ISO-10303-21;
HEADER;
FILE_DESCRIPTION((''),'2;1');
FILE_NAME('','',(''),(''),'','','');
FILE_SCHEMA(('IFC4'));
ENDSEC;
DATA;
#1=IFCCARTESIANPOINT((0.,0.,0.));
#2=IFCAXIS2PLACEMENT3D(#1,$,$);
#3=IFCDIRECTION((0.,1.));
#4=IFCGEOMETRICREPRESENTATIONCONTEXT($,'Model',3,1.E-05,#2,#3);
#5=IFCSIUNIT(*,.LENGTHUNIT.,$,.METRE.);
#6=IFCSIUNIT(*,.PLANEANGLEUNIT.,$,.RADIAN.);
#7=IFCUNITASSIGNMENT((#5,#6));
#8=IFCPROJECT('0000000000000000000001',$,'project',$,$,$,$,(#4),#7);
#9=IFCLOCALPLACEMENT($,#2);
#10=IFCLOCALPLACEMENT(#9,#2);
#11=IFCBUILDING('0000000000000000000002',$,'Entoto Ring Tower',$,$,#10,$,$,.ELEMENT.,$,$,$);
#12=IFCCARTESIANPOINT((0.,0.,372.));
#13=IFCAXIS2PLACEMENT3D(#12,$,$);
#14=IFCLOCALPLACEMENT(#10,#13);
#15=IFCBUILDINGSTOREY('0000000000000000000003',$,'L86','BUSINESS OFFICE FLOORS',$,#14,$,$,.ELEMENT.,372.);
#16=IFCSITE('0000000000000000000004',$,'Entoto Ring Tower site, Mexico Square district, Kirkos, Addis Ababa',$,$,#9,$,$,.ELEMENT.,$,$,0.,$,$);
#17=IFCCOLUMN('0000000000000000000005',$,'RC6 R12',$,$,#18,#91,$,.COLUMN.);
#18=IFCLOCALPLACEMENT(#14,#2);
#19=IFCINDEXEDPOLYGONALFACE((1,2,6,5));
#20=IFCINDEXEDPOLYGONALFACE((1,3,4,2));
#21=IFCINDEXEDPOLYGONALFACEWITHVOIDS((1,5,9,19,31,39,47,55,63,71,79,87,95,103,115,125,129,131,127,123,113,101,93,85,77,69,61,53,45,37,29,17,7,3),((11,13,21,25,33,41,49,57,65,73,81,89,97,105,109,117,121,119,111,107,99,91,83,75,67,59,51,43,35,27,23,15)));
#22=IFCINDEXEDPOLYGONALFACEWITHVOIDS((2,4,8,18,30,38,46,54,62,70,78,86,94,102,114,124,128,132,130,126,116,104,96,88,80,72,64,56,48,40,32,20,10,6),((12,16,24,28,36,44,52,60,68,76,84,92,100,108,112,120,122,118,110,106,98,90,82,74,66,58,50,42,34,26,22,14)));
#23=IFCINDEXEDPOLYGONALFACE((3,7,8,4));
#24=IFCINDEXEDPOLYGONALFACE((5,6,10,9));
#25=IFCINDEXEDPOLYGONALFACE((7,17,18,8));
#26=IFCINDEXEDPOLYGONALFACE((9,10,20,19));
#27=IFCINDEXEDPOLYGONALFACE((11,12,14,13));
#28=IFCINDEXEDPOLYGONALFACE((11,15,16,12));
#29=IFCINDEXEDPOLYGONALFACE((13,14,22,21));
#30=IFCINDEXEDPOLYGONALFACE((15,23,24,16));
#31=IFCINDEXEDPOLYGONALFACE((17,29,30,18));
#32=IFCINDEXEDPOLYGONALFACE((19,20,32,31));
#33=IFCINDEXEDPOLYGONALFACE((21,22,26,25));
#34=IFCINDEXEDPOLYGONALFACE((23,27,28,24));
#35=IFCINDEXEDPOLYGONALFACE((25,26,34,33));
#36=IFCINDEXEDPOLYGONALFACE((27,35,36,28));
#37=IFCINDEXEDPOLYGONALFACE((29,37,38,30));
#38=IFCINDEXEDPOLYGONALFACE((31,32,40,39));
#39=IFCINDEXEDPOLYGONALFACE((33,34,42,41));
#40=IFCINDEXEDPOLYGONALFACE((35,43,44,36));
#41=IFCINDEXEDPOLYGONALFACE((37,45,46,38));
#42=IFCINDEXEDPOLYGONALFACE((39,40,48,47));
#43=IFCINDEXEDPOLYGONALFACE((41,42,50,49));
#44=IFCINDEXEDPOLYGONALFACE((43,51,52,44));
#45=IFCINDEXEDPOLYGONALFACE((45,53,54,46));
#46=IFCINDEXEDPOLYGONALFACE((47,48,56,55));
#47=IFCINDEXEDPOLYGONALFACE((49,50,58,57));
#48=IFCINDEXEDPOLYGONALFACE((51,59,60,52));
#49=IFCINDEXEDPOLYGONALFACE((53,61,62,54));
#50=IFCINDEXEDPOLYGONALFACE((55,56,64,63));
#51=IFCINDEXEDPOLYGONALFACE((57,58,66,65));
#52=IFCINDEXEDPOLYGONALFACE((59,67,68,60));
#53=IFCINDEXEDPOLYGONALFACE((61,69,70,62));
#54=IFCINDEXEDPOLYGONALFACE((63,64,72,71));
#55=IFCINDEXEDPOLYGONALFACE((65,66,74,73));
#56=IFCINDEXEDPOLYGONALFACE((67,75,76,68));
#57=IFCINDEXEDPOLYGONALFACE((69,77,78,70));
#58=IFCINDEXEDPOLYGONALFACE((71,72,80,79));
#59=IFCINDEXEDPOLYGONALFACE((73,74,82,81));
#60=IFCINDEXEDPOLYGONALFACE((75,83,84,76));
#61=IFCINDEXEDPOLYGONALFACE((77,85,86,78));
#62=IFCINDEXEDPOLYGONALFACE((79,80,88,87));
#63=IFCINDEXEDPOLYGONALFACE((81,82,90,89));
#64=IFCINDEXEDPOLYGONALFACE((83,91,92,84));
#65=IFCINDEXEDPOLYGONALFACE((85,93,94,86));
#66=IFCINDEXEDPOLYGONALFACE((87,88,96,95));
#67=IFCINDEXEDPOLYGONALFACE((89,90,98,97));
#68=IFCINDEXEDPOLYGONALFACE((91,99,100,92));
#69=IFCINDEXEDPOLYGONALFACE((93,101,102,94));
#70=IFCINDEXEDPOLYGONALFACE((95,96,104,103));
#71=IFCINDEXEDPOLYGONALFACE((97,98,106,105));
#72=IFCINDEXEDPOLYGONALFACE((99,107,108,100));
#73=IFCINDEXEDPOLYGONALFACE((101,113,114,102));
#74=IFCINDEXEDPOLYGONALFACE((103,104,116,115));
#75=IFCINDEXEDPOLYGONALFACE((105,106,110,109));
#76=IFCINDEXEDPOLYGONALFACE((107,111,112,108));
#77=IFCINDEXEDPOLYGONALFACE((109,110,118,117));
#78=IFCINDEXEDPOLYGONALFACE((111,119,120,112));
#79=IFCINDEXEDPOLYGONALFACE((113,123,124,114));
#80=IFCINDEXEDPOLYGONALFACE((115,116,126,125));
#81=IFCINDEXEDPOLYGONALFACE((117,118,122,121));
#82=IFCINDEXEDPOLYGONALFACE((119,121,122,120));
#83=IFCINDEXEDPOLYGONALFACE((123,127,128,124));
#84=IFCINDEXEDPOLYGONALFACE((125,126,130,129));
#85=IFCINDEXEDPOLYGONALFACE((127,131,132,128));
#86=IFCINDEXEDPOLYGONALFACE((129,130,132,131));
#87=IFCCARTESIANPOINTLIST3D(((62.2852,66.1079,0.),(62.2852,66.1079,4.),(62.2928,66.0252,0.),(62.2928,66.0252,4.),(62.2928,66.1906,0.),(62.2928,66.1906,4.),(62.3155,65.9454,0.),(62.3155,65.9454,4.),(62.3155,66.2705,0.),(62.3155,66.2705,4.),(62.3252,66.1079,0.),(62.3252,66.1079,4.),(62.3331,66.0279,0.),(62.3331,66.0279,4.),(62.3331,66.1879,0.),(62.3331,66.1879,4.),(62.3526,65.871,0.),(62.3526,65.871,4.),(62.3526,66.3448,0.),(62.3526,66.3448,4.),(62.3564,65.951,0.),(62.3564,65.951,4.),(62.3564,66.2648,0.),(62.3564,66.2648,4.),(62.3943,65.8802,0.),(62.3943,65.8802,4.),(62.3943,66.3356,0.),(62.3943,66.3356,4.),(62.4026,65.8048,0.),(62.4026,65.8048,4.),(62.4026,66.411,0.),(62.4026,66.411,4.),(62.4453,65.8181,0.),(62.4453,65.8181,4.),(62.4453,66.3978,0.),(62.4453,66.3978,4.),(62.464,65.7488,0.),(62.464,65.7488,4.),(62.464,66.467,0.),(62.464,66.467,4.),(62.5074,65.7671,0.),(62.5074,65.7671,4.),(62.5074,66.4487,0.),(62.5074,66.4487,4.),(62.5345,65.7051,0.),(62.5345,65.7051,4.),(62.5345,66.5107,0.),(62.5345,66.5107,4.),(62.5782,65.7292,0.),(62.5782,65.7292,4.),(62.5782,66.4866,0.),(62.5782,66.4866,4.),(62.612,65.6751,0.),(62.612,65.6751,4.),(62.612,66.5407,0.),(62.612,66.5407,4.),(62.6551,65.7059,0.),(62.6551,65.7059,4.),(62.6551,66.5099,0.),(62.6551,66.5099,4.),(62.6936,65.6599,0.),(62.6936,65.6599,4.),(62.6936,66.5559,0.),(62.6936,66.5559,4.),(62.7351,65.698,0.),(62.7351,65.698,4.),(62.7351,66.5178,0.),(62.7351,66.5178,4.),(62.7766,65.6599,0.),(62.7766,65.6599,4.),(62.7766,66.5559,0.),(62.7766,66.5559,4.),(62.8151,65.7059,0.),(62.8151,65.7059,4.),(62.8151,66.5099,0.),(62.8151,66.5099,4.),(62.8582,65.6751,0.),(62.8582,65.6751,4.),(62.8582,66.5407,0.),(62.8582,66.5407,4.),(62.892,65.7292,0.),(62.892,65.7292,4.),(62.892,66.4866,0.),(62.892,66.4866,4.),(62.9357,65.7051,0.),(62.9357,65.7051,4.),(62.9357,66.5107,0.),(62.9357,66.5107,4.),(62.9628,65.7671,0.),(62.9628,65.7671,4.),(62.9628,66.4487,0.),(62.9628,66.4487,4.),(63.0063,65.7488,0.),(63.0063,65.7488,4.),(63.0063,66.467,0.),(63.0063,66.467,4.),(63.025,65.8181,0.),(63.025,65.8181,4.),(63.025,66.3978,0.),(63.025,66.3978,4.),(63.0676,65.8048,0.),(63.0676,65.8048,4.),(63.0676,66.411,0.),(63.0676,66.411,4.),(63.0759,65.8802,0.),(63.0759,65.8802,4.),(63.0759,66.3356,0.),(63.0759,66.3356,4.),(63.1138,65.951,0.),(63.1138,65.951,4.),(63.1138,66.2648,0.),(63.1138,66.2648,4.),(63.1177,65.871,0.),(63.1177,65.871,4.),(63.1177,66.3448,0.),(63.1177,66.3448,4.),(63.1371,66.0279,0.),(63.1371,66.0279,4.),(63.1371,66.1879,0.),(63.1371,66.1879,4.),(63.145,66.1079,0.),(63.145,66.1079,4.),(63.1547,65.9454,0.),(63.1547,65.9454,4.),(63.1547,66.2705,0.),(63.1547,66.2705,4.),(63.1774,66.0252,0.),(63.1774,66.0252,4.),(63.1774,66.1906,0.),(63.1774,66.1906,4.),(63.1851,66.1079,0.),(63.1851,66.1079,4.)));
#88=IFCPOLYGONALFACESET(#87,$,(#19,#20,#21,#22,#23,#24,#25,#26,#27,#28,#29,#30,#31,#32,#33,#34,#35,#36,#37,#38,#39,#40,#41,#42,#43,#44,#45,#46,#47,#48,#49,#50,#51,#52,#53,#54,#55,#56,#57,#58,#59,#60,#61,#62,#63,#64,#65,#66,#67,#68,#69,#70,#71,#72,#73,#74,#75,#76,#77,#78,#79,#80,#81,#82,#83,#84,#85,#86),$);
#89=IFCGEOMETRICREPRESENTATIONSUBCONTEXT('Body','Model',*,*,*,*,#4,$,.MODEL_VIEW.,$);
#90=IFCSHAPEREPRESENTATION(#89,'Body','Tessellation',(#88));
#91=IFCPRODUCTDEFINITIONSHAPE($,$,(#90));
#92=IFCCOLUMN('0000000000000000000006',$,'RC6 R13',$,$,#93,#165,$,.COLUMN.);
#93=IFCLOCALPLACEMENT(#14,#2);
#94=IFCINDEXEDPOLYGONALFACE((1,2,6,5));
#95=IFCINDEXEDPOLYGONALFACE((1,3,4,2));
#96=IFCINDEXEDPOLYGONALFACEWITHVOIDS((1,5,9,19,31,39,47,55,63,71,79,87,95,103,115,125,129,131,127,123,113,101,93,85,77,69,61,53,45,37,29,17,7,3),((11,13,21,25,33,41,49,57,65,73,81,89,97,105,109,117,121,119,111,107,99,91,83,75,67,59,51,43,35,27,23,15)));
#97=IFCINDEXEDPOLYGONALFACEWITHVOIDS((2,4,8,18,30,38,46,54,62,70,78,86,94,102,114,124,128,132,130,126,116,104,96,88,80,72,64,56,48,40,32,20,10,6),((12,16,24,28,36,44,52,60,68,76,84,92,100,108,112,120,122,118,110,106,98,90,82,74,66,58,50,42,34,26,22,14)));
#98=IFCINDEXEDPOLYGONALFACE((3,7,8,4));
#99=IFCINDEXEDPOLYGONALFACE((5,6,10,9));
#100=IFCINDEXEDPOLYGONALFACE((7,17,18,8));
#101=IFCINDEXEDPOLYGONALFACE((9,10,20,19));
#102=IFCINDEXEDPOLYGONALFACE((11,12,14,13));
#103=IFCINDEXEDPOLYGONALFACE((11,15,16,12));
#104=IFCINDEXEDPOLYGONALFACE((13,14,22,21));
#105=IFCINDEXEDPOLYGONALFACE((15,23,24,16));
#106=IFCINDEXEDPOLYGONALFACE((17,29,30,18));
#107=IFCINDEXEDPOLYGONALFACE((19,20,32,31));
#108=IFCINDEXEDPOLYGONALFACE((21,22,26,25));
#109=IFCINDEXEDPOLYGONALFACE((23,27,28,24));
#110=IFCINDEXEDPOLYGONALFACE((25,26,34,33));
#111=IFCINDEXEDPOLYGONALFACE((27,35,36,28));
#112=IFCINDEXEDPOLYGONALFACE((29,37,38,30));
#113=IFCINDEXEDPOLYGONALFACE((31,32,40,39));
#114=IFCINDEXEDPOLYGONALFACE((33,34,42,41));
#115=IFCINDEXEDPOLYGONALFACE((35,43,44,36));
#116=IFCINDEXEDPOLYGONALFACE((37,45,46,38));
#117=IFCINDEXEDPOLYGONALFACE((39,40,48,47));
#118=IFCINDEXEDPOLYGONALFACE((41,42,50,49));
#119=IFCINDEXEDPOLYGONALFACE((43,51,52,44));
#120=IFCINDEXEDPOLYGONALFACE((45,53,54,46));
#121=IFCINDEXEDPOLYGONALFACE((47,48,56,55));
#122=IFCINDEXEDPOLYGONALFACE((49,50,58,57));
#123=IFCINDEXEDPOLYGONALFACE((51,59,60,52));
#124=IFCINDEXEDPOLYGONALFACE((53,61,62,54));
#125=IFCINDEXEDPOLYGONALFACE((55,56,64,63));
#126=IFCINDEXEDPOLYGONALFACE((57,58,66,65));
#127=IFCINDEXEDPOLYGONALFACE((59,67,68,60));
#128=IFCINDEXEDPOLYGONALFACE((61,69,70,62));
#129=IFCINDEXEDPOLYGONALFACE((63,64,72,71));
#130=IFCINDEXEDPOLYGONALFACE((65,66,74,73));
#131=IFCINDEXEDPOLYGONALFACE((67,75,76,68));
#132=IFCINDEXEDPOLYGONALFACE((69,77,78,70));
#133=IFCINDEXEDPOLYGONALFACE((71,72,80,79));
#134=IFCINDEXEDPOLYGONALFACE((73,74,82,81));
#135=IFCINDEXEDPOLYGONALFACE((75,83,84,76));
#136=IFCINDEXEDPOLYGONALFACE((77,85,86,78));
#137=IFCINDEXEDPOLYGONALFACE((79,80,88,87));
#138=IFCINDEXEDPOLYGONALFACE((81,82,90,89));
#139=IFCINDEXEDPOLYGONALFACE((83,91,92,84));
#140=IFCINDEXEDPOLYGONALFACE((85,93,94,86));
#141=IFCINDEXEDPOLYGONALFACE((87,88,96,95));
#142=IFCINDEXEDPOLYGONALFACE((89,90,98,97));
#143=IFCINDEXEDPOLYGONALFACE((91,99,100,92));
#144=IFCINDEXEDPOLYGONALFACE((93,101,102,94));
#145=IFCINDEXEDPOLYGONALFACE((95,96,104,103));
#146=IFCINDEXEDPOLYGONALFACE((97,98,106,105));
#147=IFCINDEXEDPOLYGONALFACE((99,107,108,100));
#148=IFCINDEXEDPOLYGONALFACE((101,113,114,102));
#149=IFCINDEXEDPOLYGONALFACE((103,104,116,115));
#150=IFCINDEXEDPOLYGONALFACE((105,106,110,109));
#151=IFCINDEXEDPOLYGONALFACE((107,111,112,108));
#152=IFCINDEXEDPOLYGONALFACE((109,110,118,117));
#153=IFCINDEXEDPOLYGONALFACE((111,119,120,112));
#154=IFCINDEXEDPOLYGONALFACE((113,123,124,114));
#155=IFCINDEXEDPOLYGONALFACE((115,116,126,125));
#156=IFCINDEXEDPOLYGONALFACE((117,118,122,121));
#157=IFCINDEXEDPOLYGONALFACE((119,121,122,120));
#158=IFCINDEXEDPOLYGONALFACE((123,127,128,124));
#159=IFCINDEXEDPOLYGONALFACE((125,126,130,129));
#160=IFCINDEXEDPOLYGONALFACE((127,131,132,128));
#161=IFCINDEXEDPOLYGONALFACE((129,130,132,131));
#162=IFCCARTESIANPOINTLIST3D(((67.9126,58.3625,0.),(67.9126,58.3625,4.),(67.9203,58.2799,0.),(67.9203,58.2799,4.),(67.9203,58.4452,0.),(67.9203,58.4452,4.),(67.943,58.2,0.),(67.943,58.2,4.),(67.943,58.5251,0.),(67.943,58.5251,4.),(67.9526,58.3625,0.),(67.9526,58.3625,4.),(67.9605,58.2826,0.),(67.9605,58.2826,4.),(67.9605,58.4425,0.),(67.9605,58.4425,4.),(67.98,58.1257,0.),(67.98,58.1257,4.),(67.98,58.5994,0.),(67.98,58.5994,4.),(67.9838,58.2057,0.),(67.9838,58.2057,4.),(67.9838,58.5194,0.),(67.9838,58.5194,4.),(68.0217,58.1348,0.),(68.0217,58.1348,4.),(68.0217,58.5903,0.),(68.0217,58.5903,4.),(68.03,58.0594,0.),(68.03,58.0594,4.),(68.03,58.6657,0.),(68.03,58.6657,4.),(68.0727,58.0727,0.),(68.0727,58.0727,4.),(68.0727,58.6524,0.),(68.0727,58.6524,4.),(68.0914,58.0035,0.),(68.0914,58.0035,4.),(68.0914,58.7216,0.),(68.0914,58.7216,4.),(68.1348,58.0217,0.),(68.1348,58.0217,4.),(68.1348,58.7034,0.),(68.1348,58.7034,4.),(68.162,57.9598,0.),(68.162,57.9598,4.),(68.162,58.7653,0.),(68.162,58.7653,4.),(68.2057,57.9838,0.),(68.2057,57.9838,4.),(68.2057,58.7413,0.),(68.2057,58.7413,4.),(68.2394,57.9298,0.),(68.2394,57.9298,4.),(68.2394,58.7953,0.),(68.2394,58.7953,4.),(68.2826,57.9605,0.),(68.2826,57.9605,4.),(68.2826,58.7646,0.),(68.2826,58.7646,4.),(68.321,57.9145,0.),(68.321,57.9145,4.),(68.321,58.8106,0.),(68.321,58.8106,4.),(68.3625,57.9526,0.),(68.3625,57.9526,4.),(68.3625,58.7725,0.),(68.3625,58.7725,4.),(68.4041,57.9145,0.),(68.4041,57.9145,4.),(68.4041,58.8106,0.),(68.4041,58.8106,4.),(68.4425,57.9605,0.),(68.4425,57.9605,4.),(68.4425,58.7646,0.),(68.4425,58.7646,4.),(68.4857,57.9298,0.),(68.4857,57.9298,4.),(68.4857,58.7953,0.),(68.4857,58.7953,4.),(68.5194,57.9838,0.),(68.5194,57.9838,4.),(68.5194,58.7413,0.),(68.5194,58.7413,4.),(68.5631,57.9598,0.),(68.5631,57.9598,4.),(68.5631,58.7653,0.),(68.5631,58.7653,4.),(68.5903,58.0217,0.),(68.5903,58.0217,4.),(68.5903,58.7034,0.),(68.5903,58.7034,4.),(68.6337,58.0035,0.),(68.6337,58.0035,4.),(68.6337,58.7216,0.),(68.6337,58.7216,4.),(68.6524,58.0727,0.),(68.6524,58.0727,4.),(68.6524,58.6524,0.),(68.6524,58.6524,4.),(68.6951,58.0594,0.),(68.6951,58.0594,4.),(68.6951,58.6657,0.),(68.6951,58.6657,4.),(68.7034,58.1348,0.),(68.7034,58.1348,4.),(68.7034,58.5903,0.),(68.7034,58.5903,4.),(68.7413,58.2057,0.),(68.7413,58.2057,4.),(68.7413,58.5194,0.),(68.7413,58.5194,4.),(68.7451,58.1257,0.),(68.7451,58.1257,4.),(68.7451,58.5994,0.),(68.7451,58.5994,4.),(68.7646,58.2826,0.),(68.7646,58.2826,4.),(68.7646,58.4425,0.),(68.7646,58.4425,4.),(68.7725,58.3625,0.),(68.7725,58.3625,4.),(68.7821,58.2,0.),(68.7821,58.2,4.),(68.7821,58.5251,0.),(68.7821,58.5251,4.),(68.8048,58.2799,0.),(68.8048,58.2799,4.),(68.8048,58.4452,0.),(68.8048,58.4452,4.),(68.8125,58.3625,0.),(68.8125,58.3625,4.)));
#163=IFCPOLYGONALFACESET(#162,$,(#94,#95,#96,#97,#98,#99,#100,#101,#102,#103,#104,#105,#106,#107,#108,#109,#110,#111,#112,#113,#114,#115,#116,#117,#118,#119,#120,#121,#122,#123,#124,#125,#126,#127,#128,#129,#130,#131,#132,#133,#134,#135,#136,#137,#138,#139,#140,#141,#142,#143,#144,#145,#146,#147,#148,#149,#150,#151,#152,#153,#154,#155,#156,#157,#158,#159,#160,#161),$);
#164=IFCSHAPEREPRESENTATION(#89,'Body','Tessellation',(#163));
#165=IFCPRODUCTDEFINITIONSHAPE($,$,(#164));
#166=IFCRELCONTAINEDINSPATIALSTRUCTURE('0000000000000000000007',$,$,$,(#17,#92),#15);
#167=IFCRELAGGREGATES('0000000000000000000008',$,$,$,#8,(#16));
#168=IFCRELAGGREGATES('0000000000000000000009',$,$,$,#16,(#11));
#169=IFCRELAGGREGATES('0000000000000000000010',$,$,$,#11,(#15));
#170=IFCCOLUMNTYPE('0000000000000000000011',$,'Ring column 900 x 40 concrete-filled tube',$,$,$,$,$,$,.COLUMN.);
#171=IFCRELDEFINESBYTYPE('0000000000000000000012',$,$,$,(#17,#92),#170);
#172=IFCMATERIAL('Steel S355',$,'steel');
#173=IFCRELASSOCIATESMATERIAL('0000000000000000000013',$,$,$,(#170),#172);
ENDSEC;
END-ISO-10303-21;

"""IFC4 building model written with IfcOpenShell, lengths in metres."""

from ifc_helpers import new_model, si_unit, direction, frame, origin, origin_2d, place, context, subcontext, project, spatial, circle, hollow_circle, extrude, material, material_profile, profile_set, type_object, element, save


model = new_model("IFC4")

# Units and contexts
model_context = context("Model", 3, precision=1e-05, world=origin(), true_north=direction((0.0, 1.0)))
body_context = subcontext(model_context, "Body", "Model", "MODEL_VIEW")
ifc_project = project(units=[si_unit("LENGTHUNIT", "METRE"), si_unit("PLANEANGLEUNIT", "RADIAN")], contexts=[model_context])

# Site, building, storey
site_placement = place(None, origin())
site = spatial("IfcSite", under=ifc_project, at=site_placement, Name="Entoto Ring Tower site, Mexico Square district, Kirkos, Addis Ababa", CompositionType="ELEMENT", RefElevation=0.0)
building_placement = place(site_placement, origin())
building = spatial("IfcBuilding", under=site, at=building_placement, Name="Entoto Ring Tower", CompositionType="ELEMENT")
storey_placement = place(building_placement, frame((0.0, 0.0, 372.0)))
storey = spatial("IfcBuildingStorey", under=building, at=storey_placement, Name="L86", Description="BUSINESS OFFICE FLOORS", CompositionType="ELEMENT", Elevation=372.0)

# Columns
ifc_material_1 = material(Name="Steel S355", Category="steel")
ifc_material_profile_1 = material_profile(ifc_material_1, hollow_circle(Radius=0.45, WallThickness=0.04, at=origin_2d()), Name="CHS 900 x 40")
ifc_material_2 = material(Name="Concrete C60/75", Category="concrete")
ifc_material_profile_2 = material_profile(ifc_material_2, circle(Radius=0.4099, at=origin_2d()), Name="Concrete C60/75 infill")
ifc_profile_set_1 = profile_set([ifc_material_profile_1, ifc_material_profile_2], Name="Steel S355")
column_type = type_object("IfcColumnType", Name="Ring column 900 x 40 concrete-filled tube", PredefinedType="COLUMN", material=ifc_profile_set_1)
for number, where, z_axis, x_axis, name in (
    (1, (62.7351, 66.1079, 0.0), (0.0, 0.0, 1.0), (1.0, 0.0, 0.0), "RC6 R12"),
    (2, (68.3625, 58.3625, 0.0), (0.0, 0.0, 1.0), (1.0, 0.0, 0.0), "RC6 R13"),
):
    element("IfcColumn", number, at=place(storey_placement, frame(where, z_axis=z_axis, x_axis=x_axis)), inside=storey, type_object=column_type, Name=name, PredefinedType="COLUMN", context=body_context, shape_type="SweptSolid", body=[
        extrude(hollow_circle(Radius=0.45, WallThickness=0.04, at=origin_2d()), origin(), (0.0, 0.0, 1.0), 4.0),
    ])

save(model, "model.ifc")
